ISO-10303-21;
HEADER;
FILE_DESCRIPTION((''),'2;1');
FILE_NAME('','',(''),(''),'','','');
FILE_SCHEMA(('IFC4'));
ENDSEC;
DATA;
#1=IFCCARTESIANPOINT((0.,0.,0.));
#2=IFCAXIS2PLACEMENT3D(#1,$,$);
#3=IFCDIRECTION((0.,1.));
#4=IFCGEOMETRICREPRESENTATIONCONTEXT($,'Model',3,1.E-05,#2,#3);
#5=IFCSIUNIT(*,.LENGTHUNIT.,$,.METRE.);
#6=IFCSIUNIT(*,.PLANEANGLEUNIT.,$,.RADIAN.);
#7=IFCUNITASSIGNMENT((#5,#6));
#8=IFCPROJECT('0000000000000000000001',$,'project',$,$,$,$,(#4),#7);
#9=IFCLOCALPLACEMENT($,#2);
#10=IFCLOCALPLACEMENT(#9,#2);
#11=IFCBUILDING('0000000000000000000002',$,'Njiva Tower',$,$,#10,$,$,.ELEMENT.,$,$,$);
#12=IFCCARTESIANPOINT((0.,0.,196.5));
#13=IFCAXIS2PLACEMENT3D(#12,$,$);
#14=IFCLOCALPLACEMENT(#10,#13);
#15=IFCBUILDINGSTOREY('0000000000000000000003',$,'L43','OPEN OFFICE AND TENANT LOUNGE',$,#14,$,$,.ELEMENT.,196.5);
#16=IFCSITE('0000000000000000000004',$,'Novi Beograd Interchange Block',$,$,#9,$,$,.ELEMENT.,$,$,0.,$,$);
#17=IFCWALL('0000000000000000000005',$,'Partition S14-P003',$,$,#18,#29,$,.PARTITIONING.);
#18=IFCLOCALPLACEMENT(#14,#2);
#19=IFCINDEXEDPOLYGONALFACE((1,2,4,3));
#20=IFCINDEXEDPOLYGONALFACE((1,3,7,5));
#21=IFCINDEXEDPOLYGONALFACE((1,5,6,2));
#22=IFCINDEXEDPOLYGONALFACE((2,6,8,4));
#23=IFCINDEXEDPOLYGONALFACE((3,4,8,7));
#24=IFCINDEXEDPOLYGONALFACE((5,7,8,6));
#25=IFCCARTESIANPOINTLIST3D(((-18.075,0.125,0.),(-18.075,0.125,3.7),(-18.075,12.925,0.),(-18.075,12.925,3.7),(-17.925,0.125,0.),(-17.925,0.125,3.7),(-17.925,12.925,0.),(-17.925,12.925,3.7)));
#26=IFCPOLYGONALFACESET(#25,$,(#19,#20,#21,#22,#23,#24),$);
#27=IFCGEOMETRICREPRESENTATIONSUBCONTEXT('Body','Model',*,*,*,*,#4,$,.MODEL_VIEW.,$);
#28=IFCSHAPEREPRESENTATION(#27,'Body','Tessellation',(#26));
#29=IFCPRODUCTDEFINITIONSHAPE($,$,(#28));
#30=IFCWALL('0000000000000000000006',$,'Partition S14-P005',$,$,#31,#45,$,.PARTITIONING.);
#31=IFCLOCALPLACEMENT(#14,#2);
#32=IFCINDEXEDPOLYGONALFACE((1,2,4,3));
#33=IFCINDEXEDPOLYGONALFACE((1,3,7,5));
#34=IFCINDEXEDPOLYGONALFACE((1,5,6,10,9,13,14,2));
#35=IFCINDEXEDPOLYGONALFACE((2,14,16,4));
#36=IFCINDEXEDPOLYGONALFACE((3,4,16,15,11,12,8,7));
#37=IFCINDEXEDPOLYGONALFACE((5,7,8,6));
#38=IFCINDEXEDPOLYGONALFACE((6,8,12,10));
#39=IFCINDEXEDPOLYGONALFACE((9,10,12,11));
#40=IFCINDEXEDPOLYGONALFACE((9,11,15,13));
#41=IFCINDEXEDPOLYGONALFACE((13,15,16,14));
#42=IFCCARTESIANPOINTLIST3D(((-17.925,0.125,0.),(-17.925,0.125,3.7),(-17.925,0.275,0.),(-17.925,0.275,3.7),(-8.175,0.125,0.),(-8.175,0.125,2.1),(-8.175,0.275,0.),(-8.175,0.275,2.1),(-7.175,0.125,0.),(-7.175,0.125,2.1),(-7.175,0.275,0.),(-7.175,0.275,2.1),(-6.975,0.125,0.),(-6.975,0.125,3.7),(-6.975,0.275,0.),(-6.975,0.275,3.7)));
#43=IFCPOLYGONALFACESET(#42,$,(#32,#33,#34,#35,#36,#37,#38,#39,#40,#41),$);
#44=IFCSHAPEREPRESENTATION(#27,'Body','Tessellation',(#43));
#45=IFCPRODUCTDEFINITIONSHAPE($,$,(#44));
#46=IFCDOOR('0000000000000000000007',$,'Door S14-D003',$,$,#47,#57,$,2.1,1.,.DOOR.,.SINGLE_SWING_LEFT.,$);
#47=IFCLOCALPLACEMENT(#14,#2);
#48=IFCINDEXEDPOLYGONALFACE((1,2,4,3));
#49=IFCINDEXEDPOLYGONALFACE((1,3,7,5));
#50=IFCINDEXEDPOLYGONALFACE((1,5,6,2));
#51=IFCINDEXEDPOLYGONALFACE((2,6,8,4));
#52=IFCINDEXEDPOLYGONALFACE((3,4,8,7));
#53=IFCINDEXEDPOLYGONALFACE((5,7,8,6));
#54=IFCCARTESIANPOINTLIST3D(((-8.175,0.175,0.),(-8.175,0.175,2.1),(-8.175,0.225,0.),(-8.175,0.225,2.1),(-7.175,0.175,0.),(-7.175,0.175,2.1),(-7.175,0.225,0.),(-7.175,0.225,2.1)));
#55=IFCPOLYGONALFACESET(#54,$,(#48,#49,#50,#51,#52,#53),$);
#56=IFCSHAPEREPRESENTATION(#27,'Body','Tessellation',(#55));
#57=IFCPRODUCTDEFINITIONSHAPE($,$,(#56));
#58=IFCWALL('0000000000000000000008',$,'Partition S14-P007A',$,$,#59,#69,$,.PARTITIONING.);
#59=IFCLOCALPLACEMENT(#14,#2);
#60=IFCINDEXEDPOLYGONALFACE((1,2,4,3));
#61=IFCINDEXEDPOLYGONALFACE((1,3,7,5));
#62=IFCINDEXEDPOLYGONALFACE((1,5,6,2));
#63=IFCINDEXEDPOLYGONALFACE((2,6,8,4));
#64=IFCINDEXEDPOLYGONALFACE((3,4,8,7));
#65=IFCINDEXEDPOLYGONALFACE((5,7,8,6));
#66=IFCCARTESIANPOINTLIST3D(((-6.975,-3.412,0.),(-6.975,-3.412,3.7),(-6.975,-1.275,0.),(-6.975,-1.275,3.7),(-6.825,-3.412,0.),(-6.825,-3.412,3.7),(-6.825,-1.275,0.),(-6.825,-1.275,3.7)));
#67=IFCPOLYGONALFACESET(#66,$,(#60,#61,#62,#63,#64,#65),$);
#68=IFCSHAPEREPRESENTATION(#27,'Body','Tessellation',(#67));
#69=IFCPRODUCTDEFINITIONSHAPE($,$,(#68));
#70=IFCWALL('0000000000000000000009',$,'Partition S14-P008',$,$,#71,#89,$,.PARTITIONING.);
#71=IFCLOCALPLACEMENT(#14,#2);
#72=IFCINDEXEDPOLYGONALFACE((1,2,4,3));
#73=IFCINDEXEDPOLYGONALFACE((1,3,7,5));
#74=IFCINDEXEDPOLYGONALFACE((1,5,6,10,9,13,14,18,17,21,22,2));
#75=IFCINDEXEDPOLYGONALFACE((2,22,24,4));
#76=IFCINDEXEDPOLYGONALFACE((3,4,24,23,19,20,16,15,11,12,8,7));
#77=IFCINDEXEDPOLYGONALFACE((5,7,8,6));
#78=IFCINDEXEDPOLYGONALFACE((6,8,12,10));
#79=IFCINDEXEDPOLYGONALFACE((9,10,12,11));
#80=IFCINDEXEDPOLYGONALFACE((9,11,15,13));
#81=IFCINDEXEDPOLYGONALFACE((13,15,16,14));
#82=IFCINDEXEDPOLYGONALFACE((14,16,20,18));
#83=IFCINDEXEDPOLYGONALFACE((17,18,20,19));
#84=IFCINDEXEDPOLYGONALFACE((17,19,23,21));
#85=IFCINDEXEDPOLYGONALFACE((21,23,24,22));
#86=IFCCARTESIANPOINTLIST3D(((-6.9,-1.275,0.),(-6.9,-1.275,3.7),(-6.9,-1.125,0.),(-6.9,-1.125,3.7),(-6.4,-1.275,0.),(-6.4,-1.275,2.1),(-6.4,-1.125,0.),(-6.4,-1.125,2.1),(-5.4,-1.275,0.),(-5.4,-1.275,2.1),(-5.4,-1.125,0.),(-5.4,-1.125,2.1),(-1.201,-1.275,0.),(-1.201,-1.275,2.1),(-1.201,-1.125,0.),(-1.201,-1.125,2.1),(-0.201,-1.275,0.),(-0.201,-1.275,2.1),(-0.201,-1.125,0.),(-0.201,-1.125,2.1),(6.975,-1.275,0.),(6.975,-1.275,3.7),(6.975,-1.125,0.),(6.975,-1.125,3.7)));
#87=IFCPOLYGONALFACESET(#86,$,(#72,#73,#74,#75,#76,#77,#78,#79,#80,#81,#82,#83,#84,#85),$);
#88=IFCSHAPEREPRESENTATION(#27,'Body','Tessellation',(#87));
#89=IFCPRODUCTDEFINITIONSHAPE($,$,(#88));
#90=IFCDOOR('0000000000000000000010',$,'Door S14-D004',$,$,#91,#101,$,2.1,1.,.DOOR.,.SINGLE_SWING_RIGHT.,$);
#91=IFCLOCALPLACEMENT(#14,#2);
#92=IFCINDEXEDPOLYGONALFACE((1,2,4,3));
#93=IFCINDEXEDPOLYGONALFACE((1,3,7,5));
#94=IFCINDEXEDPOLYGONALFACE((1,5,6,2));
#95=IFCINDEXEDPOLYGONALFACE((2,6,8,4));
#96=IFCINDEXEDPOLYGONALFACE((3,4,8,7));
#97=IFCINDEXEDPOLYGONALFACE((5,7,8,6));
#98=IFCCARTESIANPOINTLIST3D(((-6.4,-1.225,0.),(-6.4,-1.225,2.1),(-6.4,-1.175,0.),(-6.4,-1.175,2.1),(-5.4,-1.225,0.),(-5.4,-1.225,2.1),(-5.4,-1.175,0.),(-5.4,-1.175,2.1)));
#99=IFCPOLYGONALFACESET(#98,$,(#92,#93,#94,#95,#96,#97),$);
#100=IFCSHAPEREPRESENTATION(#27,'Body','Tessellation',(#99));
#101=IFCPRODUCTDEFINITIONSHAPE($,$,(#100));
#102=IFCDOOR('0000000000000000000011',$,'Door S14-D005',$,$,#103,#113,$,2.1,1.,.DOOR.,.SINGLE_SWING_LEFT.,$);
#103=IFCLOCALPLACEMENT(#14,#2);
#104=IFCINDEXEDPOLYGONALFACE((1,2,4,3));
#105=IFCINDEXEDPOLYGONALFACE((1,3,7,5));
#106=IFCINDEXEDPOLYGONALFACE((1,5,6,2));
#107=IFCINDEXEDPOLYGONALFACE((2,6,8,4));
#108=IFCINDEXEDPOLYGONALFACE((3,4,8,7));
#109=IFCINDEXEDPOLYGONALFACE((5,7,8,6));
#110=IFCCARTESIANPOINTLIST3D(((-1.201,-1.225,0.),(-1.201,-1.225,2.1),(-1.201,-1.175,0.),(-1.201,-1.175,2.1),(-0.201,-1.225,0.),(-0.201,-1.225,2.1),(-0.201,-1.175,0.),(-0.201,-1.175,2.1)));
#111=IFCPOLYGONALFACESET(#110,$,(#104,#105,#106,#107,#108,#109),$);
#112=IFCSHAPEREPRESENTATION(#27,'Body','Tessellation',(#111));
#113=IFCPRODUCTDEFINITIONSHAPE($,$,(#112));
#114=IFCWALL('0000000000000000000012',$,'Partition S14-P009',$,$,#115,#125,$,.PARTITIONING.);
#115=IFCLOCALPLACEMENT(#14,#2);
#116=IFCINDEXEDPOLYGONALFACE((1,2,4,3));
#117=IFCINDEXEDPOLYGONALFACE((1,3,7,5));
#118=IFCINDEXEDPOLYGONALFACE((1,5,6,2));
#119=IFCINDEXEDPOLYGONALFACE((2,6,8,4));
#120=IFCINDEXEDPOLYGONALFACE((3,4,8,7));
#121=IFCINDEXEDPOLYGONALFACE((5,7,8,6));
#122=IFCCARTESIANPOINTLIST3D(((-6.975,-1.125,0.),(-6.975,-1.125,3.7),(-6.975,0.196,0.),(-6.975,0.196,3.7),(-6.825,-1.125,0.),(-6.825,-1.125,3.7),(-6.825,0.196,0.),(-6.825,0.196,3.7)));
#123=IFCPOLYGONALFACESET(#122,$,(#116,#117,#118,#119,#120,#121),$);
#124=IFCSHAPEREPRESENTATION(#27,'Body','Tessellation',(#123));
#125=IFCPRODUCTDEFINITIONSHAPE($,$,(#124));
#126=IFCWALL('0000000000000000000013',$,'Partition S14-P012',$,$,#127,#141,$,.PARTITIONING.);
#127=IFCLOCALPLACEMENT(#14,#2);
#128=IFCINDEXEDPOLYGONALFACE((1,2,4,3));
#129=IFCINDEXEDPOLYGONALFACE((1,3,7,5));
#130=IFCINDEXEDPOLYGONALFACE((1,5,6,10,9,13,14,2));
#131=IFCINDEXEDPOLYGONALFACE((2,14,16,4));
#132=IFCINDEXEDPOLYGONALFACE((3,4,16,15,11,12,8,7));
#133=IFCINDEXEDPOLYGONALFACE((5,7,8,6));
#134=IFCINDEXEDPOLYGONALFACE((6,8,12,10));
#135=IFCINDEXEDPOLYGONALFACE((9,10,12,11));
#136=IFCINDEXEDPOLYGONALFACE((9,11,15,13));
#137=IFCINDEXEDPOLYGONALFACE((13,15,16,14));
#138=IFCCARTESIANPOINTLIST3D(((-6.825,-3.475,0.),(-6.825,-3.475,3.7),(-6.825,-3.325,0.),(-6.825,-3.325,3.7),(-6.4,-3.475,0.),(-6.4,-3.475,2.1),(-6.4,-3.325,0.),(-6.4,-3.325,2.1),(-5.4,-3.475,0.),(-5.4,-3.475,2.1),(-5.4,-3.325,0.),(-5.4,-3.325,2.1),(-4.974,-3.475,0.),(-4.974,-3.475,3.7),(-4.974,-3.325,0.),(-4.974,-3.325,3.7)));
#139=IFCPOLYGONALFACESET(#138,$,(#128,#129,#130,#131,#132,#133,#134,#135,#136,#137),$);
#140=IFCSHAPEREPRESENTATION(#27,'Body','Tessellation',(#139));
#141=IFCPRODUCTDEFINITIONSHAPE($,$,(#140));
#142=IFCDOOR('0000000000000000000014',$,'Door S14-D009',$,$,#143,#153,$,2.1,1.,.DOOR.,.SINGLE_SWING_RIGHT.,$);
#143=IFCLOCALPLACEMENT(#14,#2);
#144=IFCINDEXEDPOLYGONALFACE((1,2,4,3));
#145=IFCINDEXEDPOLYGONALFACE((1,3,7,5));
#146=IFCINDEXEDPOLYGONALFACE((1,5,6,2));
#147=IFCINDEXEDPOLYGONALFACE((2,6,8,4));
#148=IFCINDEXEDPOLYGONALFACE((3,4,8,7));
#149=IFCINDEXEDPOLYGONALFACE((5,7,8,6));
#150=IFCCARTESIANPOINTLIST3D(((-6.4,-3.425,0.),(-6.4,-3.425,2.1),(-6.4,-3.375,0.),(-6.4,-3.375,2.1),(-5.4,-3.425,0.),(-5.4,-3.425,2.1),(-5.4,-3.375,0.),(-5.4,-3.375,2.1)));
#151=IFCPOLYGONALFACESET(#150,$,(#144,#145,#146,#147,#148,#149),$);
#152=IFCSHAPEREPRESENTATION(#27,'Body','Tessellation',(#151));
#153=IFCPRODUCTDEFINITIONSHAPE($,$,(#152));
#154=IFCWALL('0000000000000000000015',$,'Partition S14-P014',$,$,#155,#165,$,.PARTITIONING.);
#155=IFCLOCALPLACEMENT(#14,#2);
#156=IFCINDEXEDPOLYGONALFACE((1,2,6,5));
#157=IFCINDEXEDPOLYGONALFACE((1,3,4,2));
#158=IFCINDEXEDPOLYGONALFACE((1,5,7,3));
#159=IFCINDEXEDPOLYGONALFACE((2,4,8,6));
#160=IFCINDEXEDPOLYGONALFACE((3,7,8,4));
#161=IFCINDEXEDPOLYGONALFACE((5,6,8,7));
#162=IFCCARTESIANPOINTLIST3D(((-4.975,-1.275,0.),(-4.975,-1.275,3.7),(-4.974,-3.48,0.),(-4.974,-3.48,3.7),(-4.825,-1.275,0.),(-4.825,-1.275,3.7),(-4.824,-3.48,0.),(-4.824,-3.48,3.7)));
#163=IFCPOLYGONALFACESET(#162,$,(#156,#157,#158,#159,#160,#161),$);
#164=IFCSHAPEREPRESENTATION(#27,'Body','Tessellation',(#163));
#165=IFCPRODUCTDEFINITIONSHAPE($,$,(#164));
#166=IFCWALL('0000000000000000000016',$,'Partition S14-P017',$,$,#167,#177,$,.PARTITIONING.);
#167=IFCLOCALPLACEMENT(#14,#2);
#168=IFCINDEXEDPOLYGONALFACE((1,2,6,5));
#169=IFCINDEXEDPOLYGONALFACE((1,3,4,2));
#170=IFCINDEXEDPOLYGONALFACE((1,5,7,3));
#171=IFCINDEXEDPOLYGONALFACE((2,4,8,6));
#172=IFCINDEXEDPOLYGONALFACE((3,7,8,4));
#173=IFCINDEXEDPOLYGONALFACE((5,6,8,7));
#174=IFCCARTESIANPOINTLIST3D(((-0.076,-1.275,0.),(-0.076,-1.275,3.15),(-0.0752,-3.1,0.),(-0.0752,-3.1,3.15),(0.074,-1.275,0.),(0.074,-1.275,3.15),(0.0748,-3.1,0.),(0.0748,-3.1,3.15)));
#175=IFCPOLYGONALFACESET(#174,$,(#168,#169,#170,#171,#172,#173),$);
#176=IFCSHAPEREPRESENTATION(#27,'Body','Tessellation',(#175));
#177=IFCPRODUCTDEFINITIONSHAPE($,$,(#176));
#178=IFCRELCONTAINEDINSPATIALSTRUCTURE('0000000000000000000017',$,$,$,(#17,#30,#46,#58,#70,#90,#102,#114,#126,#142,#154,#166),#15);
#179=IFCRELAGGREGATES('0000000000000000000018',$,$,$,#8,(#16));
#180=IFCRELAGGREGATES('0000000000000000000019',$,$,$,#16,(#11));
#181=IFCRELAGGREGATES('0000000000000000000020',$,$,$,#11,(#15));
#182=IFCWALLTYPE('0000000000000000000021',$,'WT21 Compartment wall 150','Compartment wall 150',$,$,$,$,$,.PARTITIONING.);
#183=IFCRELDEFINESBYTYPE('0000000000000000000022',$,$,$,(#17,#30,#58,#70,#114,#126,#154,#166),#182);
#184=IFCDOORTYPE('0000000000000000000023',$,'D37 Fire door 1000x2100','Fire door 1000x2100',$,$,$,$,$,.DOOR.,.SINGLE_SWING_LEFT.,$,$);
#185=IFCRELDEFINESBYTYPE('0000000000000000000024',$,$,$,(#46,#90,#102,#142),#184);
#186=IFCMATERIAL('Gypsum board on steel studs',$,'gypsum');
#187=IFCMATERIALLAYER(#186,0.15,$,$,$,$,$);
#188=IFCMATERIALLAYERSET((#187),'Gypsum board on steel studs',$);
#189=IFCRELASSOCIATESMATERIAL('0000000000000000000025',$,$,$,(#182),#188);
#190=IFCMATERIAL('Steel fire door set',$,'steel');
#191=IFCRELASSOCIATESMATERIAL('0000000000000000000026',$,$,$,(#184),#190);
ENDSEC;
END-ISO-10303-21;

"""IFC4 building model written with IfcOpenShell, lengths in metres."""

from ifc_helpers import new_model, si_unit, direction, frame, frame_2d, origin, place, context, subcontext, project, spatial, rectangle, extrude, material, layer, layer_set, type_object, element, fill, save


model = new_model("IFC4")

# Units and contexts
model_context = context("Model", 3, precision=1e-05, world=origin(), true_north=direction((0.0, 1.0)))
body_context = subcontext(model_context, "Body", "Model", "MODEL_VIEW")
ifc_project = project(units=[si_unit("LENGTHUNIT", "METRE"), si_unit("PLANEANGLEUNIT", "RADIAN")], contexts=[model_context])

# Site, building, storey
site_placement = place(None, origin())
site = spatial("IfcSite", under=ifc_project, at=site_placement, Name="Novi Beograd Interchange Block", CompositionType="ELEMENT", RefElevation=0.0)
building_placement = place(site_placement, origin())
building = spatial("IfcBuilding", under=site, at=building_placement, Name="Njiva Tower", CompositionType="ELEMENT")
storey_placement = place(building_placement, frame((0.0, 0.0, 196.5)))
storey = spatial("IfcBuildingStorey", under=building, at=storey_placement, Name="L43", Description="OPEN OFFICE AND TENANT LOUNGE", CompositionType="ELEMENT", Elevation=196.5)

# Wall
ifc_material_1 = material(Name="Gypsum board on steel studs", Category="gypsum")
ifc_layer_1 = layer(ifc_material_1, 0.15)
ifc_layer_set_1 = layer_set([ifc_layer_1], Name="Gypsum board on steel studs")
wall_type_1 = type_object("IfcWallType", Name="WT21 Compartment wall 150", Description="Compartment wall 150", PredefinedType="PARTITIONING", material=ifc_layer_set_1)
wall_1_placement = place(storey_placement, frame((-18.0, 0.125, 0.0), z_axis=(0.0, 0.0, 1.0), x_axis=(0.0, 1.0, 0.0)))
element("IfcWall", 1, at=wall_1_placement, inside=storey, type_object=wall_type_1, Name="Partition S14-P003", PredefinedType="PARTITIONING", context=body_context, shape_type="SweptSolid", body=[
    extrude(rectangle(XDim=12.8, YDim=0.15, at=frame_2d((6.4, 0.0))), origin(), (0.0, 0.0, 1.0), 3.7),
])

# Wall, opening, door
wall_2_placement = place(storey_placement, frame((-17.925, 0.2, 0.0), z_axis=(0.0, 0.0, 1.0), x_axis=(1.0, 0.0, 0.0)))
wall_2 = element("IfcWall", 2, at=wall_2_placement, inside=storey, type_object=wall_type_1, Name="Partition S14-P005", PredefinedType="PARTITIONING", context=body_context, shape_type="SweptSolid", body=[
    extrude(rectangle(XDim=10.95, YDim=0.15, at=frame_2d((5.475, 0.0))), origin(), (0.0, 0.0, 1.0), 3.7),
])
opening_1_placement = place(wall_2_placement, frame((9.75, 0.0, 0.0)))
opening_1 = element("IfcOpeningElement", 3, at=opening_1_placement, cuts=wall_2, PredefinedType="OPENING", context=body_context, shape_type="SweptSolid", body=[
    extrude(rectangle(XDim=1.0, YDim=2.1, at=frame_2d((0.5, 1.05))), frame((0.0, 0.085, 0.0), z_axis=(0.0, -1.0, 0.0), x_axis=(1.0, 0.0, 0.0)), (0.0, 0.0, 1.0), 0.17),
])
ifc_material_2 = material(Name="Steel fire door set", Category="steel")
door_type = type_object("IfcDoorType", Name="D37 Fire door 1000x2100", Description="Fire door 1000x2100", OperationType="SINGLE_SWING_LEFT", PredefinedType="DOOR", material=ifc_material_2)
door_1_placement = place(opening_1_placement, origin())
door_1 = element("IfcDoor", 4, at=door_1_placement, inside=storey, type_object=door_type, Name="Door S14-D003", OperationType="SINGLE_SWING_LEFT", OverallHeight=2.1, OverallWidth=1.0, PredefinedType="DOOR", context=body_context, shape_type="SweptSolid", body=[
    extrude(rectangle(XDim=1.0, YDim=2.1, at=frame_2d((0.5, 1.05))), frame((0.0, 0.025, 0.0), z_axis=(0.0, -1.0, 0.0), x_axis=(1.0, 0.0, 0.0)), (0.0, 0.0, 1.0), 0.05),
])
fill(opening_1, door_1)

# Wall
wall_3_placement = place(storey_placement, frame((-6.9, -3.412, 0.0), z_axis=(0.0, 0.0, 1.0), x_axis=(0.0, 1.0, 0.0)))
element("IfcWall", 5, at=wall_3_placement, inside=storey, type_object=wall_type_1, Name="Partition S14-P007A", PredefinedType="PARTITIONING", context=body_context, shape_type="SweptSolid", body=[
    extrude(rectangle(XDim=2.137, YDim=0.15, at=frame_2d((1.0685, 0.0))), origin(), (0.0, 0.0, 1.0), 3.7),
])

# Wall, openings, doors
wall_4_placement = place(storey_placement, frame((-6.9, -1.2, 0.0), z_axis=(0.0, 0.0, 1.0), x_axis=(1.0, 0.0, 0.0)))
wall_4 = element("IfcWall", 6, at=wall_4_placement, inside=storey, type_object=wall_type_1, Name="Partition S14-P008", PredefinedType="PARTITIONING", context=body_context, shape_type="SweptSolid", body=[
    extrude(rectangle(XDim=13.875, YDim=0.15, at=frame_2d((6.9375, 0.0))), origin(), (0.0, 0.0, 1.0), 3.7),
])
opening_2_placement = place(wall_4_placement, frame((0.5, 0.0, 0.0)))
opening_2 = element("IfcOpeningElement", 7, at=opening_2_placement, cuts=wall_4, PredefinedType="OPENING", context=body_context, shape_type="SweptSolid", body=[
    extrude(rectangle(XDim=1.0, YDim=2.1, at=frame_2d((0.5, 1.05))), frame((0.0, 0.085, 0.0), z_axis=(0.0, -1.0, 0.0), x_axis=(1.0, 0.0, 0.0)), (0.0, 0.0, 1.0), 0.17),
])
opening_3_placement = place(wall_4_placement, frame((5.699, 0.0, 0.0)))
opening_3 = element("IfcOpeningElement", 8, at=opening_3_placement, cuts=wall_4, PredefinedType="OPENING", context=body_context, shape_type="SweptSolid", body=[
    extrude(rectangle(XDim=1.0, YDim=2.1, at=frame_2d((0.5, 1.05))), frame((0.0, 0.085, 0.0), z_axis=(0.0, -1.0, 0.0), x_axis=(1.0, 0.0, 0.0)), (0.0, 0.0, 1.0), 0.17),
])
door_2_placement = place(opening_2_placement, origin())
door_2 = element("IfcDoor", 9, at=door_2_placement, inside=storey, type_object=door_type, Name="Door S14-D004", OperationType="SINGLE_SWING_RIGHT", OverallHeight=2.1, OverallWidth=1.0, PredefinedType="DOOR", context=body_context, shape_type="SweptSolid", body=[
    extrude(rectangle(XDim=1.0, YDim=2.1, at=frame_2d((0.5, 1.05))), frame((0.0, 0.025, 0.0), z_axis=(0.0, -1.0, 0.0), x_axis=(1.0, 0.0, 0.0)), (0.0, 0.0, 1.0), 0.05),
])
fill(opening_2, door_2)
door_3_placement = place(opening_3_placement, origin())
door_3 = element("IfcDoor", 10, at=door_3_placement, inside=storey, type_object=door_type, Name="Door S14-D005", OperationType="SINGLE_SWING_LEFT", OverallHeight=2.1, OverallWidth=1.0, PredefinedType="DOOR", context=body_context, shape_type="SweptSolid", body=[
    extrude(rectangle(XDim=1.0, YDim=2.1, at=frame_2d((0.5, 1.05))), frame((0.0, 0.025, 0.0), z_axis=(0.0, -1.0, 0.0), x_axis=(1.0, 0.0, 0.0)), (0.0, 0.0, 1.0), 0.05),
])
fill(opening_3, door_3)

# Wall
wall_5_placement = place(storey_placement, frame((-6.9, -1.125, 0.0), z_axis=(0.0, 0.0, 1.0), x_axis=(0.0, 1.0, 0.0)))
element("IfcWall", 11, at=wall_5_placement, inside=storey, type_object=wall_type_1, Name="Partition S14-P009", PredefinedType="PARTITIONING", context=body_context, shape_type="SweptSolid", body=[
    extrude(rectangle(XDim=1.321, YDim=0.15, at=frame_2d((0.6605, 0.0))), origin(), (0.0, 0.0, 1.0), 3.7),
])

# Wall, opening, door
wall_6_placement = place(storey_placement, frame((-6.825, -3.4, 0.0), z_axis=(0.0, 0.0, 1.0), x_axis=(1.0, 0.0, 0.0)))
wall_6 = element("IfcWall", 12, at=wall_6_placement, inside=storey, type_object=wall_type_1, Name="Partition S14-P012", PredefinedType="PARTITIONING", context=body_context, shape_type="SweptSolid", body=[
    extrude(rectangle(XDim=1.851, YDim=0.15, at=frame_2d((0.9255, 0.0))), origin(), (0.0, 0.0, 1.0), 3.7),
])
opening_4_placement = place(wall_6_placement, frame((0.425, 0.0, 0.0)))
opening_4 = element("IfcOpeningElement", 13, at=opening_4_placement, cuts=wall_6, PredefinedType="OPENING", context=body_context, shape_type="SweptSolid", body=[
    extrude(rectangle(XDim=1.0, YDim=2.1, at=frame_2d((0.5, 1.05))), frame((0.0, 0.085, 0.0), z_axis=(0.0, -1.0, 0.0), x_axis=(1.0, 0.0, 0.0)), (0.0, 0.0, 1.0), 0.17),
])
door_4_placement = place(opening_4_placement, origin())
door_4 = element("IfcDoor", 14, at=door_4_placement, inside=storey, type_object=door_type, Name="Door S14-D009", OperationType="SINGLE_SWING_RIGHT", OverallHeight=2.1, OverallWidth=1.0, PredefinedType="DOOR", context=body_context, shape_type="SweptSolid", body=[
    extrude(rectangle(XDim=1.0, YDim=2.1, at=frame_2d((0.5, 1.05))), frame((0.0, 0.025, 0.0), z_axis=(0.0, -1.0, 0.0), x_axis=(1.0, 0.0, 0.0)), (0.0, 0.0, 1.0), 0.05),
])
fill(opening_4, door_4)

# Walls
wall_7_placement = place(storey_placement, frame((-4.899, -3.48, 0.0), z_axis=(0.0, 0.0, 1.0), x_axis=(-0.000454, 1.0, 0.0)))
element("IfcWall", 15, at=wall_7_placement, inside=storey, type_object=wall_type_1, Name="Partition S14-P014", PredefinedType="PARTITIONING", context=body_context, shape_type="SweptSolid", body=[
    extrude(rectangle(XDim=2.205, YDim=0.15, at=frame_2d((1.1025, 0.0))), origin(), (0.0, 0.0, 1.0), 3.7),
])
wall_8_placement = place(storey_placement, frame((-0.001, -1.275, 0.0), z_axis=(0.0, 0.0, 1.0), x_axis=(0.000438, -1.0, 0.0)))
element("IfcWall", 16, at=wall_8_placement, inside=storey, type_object=wall_type_1, Name="Partition S14-P017", PredefinedType="PARTITIONING", context=body_context, shape_type="SweptSolid", body=[
    extrude(rectangle(XDim=1.825, YDim=0.15, at=frame_2d((0.9125, 0.0))), origin(), (0.0, 0.0, 1.0), 3.15),
])

save(model, "model.ifc")
